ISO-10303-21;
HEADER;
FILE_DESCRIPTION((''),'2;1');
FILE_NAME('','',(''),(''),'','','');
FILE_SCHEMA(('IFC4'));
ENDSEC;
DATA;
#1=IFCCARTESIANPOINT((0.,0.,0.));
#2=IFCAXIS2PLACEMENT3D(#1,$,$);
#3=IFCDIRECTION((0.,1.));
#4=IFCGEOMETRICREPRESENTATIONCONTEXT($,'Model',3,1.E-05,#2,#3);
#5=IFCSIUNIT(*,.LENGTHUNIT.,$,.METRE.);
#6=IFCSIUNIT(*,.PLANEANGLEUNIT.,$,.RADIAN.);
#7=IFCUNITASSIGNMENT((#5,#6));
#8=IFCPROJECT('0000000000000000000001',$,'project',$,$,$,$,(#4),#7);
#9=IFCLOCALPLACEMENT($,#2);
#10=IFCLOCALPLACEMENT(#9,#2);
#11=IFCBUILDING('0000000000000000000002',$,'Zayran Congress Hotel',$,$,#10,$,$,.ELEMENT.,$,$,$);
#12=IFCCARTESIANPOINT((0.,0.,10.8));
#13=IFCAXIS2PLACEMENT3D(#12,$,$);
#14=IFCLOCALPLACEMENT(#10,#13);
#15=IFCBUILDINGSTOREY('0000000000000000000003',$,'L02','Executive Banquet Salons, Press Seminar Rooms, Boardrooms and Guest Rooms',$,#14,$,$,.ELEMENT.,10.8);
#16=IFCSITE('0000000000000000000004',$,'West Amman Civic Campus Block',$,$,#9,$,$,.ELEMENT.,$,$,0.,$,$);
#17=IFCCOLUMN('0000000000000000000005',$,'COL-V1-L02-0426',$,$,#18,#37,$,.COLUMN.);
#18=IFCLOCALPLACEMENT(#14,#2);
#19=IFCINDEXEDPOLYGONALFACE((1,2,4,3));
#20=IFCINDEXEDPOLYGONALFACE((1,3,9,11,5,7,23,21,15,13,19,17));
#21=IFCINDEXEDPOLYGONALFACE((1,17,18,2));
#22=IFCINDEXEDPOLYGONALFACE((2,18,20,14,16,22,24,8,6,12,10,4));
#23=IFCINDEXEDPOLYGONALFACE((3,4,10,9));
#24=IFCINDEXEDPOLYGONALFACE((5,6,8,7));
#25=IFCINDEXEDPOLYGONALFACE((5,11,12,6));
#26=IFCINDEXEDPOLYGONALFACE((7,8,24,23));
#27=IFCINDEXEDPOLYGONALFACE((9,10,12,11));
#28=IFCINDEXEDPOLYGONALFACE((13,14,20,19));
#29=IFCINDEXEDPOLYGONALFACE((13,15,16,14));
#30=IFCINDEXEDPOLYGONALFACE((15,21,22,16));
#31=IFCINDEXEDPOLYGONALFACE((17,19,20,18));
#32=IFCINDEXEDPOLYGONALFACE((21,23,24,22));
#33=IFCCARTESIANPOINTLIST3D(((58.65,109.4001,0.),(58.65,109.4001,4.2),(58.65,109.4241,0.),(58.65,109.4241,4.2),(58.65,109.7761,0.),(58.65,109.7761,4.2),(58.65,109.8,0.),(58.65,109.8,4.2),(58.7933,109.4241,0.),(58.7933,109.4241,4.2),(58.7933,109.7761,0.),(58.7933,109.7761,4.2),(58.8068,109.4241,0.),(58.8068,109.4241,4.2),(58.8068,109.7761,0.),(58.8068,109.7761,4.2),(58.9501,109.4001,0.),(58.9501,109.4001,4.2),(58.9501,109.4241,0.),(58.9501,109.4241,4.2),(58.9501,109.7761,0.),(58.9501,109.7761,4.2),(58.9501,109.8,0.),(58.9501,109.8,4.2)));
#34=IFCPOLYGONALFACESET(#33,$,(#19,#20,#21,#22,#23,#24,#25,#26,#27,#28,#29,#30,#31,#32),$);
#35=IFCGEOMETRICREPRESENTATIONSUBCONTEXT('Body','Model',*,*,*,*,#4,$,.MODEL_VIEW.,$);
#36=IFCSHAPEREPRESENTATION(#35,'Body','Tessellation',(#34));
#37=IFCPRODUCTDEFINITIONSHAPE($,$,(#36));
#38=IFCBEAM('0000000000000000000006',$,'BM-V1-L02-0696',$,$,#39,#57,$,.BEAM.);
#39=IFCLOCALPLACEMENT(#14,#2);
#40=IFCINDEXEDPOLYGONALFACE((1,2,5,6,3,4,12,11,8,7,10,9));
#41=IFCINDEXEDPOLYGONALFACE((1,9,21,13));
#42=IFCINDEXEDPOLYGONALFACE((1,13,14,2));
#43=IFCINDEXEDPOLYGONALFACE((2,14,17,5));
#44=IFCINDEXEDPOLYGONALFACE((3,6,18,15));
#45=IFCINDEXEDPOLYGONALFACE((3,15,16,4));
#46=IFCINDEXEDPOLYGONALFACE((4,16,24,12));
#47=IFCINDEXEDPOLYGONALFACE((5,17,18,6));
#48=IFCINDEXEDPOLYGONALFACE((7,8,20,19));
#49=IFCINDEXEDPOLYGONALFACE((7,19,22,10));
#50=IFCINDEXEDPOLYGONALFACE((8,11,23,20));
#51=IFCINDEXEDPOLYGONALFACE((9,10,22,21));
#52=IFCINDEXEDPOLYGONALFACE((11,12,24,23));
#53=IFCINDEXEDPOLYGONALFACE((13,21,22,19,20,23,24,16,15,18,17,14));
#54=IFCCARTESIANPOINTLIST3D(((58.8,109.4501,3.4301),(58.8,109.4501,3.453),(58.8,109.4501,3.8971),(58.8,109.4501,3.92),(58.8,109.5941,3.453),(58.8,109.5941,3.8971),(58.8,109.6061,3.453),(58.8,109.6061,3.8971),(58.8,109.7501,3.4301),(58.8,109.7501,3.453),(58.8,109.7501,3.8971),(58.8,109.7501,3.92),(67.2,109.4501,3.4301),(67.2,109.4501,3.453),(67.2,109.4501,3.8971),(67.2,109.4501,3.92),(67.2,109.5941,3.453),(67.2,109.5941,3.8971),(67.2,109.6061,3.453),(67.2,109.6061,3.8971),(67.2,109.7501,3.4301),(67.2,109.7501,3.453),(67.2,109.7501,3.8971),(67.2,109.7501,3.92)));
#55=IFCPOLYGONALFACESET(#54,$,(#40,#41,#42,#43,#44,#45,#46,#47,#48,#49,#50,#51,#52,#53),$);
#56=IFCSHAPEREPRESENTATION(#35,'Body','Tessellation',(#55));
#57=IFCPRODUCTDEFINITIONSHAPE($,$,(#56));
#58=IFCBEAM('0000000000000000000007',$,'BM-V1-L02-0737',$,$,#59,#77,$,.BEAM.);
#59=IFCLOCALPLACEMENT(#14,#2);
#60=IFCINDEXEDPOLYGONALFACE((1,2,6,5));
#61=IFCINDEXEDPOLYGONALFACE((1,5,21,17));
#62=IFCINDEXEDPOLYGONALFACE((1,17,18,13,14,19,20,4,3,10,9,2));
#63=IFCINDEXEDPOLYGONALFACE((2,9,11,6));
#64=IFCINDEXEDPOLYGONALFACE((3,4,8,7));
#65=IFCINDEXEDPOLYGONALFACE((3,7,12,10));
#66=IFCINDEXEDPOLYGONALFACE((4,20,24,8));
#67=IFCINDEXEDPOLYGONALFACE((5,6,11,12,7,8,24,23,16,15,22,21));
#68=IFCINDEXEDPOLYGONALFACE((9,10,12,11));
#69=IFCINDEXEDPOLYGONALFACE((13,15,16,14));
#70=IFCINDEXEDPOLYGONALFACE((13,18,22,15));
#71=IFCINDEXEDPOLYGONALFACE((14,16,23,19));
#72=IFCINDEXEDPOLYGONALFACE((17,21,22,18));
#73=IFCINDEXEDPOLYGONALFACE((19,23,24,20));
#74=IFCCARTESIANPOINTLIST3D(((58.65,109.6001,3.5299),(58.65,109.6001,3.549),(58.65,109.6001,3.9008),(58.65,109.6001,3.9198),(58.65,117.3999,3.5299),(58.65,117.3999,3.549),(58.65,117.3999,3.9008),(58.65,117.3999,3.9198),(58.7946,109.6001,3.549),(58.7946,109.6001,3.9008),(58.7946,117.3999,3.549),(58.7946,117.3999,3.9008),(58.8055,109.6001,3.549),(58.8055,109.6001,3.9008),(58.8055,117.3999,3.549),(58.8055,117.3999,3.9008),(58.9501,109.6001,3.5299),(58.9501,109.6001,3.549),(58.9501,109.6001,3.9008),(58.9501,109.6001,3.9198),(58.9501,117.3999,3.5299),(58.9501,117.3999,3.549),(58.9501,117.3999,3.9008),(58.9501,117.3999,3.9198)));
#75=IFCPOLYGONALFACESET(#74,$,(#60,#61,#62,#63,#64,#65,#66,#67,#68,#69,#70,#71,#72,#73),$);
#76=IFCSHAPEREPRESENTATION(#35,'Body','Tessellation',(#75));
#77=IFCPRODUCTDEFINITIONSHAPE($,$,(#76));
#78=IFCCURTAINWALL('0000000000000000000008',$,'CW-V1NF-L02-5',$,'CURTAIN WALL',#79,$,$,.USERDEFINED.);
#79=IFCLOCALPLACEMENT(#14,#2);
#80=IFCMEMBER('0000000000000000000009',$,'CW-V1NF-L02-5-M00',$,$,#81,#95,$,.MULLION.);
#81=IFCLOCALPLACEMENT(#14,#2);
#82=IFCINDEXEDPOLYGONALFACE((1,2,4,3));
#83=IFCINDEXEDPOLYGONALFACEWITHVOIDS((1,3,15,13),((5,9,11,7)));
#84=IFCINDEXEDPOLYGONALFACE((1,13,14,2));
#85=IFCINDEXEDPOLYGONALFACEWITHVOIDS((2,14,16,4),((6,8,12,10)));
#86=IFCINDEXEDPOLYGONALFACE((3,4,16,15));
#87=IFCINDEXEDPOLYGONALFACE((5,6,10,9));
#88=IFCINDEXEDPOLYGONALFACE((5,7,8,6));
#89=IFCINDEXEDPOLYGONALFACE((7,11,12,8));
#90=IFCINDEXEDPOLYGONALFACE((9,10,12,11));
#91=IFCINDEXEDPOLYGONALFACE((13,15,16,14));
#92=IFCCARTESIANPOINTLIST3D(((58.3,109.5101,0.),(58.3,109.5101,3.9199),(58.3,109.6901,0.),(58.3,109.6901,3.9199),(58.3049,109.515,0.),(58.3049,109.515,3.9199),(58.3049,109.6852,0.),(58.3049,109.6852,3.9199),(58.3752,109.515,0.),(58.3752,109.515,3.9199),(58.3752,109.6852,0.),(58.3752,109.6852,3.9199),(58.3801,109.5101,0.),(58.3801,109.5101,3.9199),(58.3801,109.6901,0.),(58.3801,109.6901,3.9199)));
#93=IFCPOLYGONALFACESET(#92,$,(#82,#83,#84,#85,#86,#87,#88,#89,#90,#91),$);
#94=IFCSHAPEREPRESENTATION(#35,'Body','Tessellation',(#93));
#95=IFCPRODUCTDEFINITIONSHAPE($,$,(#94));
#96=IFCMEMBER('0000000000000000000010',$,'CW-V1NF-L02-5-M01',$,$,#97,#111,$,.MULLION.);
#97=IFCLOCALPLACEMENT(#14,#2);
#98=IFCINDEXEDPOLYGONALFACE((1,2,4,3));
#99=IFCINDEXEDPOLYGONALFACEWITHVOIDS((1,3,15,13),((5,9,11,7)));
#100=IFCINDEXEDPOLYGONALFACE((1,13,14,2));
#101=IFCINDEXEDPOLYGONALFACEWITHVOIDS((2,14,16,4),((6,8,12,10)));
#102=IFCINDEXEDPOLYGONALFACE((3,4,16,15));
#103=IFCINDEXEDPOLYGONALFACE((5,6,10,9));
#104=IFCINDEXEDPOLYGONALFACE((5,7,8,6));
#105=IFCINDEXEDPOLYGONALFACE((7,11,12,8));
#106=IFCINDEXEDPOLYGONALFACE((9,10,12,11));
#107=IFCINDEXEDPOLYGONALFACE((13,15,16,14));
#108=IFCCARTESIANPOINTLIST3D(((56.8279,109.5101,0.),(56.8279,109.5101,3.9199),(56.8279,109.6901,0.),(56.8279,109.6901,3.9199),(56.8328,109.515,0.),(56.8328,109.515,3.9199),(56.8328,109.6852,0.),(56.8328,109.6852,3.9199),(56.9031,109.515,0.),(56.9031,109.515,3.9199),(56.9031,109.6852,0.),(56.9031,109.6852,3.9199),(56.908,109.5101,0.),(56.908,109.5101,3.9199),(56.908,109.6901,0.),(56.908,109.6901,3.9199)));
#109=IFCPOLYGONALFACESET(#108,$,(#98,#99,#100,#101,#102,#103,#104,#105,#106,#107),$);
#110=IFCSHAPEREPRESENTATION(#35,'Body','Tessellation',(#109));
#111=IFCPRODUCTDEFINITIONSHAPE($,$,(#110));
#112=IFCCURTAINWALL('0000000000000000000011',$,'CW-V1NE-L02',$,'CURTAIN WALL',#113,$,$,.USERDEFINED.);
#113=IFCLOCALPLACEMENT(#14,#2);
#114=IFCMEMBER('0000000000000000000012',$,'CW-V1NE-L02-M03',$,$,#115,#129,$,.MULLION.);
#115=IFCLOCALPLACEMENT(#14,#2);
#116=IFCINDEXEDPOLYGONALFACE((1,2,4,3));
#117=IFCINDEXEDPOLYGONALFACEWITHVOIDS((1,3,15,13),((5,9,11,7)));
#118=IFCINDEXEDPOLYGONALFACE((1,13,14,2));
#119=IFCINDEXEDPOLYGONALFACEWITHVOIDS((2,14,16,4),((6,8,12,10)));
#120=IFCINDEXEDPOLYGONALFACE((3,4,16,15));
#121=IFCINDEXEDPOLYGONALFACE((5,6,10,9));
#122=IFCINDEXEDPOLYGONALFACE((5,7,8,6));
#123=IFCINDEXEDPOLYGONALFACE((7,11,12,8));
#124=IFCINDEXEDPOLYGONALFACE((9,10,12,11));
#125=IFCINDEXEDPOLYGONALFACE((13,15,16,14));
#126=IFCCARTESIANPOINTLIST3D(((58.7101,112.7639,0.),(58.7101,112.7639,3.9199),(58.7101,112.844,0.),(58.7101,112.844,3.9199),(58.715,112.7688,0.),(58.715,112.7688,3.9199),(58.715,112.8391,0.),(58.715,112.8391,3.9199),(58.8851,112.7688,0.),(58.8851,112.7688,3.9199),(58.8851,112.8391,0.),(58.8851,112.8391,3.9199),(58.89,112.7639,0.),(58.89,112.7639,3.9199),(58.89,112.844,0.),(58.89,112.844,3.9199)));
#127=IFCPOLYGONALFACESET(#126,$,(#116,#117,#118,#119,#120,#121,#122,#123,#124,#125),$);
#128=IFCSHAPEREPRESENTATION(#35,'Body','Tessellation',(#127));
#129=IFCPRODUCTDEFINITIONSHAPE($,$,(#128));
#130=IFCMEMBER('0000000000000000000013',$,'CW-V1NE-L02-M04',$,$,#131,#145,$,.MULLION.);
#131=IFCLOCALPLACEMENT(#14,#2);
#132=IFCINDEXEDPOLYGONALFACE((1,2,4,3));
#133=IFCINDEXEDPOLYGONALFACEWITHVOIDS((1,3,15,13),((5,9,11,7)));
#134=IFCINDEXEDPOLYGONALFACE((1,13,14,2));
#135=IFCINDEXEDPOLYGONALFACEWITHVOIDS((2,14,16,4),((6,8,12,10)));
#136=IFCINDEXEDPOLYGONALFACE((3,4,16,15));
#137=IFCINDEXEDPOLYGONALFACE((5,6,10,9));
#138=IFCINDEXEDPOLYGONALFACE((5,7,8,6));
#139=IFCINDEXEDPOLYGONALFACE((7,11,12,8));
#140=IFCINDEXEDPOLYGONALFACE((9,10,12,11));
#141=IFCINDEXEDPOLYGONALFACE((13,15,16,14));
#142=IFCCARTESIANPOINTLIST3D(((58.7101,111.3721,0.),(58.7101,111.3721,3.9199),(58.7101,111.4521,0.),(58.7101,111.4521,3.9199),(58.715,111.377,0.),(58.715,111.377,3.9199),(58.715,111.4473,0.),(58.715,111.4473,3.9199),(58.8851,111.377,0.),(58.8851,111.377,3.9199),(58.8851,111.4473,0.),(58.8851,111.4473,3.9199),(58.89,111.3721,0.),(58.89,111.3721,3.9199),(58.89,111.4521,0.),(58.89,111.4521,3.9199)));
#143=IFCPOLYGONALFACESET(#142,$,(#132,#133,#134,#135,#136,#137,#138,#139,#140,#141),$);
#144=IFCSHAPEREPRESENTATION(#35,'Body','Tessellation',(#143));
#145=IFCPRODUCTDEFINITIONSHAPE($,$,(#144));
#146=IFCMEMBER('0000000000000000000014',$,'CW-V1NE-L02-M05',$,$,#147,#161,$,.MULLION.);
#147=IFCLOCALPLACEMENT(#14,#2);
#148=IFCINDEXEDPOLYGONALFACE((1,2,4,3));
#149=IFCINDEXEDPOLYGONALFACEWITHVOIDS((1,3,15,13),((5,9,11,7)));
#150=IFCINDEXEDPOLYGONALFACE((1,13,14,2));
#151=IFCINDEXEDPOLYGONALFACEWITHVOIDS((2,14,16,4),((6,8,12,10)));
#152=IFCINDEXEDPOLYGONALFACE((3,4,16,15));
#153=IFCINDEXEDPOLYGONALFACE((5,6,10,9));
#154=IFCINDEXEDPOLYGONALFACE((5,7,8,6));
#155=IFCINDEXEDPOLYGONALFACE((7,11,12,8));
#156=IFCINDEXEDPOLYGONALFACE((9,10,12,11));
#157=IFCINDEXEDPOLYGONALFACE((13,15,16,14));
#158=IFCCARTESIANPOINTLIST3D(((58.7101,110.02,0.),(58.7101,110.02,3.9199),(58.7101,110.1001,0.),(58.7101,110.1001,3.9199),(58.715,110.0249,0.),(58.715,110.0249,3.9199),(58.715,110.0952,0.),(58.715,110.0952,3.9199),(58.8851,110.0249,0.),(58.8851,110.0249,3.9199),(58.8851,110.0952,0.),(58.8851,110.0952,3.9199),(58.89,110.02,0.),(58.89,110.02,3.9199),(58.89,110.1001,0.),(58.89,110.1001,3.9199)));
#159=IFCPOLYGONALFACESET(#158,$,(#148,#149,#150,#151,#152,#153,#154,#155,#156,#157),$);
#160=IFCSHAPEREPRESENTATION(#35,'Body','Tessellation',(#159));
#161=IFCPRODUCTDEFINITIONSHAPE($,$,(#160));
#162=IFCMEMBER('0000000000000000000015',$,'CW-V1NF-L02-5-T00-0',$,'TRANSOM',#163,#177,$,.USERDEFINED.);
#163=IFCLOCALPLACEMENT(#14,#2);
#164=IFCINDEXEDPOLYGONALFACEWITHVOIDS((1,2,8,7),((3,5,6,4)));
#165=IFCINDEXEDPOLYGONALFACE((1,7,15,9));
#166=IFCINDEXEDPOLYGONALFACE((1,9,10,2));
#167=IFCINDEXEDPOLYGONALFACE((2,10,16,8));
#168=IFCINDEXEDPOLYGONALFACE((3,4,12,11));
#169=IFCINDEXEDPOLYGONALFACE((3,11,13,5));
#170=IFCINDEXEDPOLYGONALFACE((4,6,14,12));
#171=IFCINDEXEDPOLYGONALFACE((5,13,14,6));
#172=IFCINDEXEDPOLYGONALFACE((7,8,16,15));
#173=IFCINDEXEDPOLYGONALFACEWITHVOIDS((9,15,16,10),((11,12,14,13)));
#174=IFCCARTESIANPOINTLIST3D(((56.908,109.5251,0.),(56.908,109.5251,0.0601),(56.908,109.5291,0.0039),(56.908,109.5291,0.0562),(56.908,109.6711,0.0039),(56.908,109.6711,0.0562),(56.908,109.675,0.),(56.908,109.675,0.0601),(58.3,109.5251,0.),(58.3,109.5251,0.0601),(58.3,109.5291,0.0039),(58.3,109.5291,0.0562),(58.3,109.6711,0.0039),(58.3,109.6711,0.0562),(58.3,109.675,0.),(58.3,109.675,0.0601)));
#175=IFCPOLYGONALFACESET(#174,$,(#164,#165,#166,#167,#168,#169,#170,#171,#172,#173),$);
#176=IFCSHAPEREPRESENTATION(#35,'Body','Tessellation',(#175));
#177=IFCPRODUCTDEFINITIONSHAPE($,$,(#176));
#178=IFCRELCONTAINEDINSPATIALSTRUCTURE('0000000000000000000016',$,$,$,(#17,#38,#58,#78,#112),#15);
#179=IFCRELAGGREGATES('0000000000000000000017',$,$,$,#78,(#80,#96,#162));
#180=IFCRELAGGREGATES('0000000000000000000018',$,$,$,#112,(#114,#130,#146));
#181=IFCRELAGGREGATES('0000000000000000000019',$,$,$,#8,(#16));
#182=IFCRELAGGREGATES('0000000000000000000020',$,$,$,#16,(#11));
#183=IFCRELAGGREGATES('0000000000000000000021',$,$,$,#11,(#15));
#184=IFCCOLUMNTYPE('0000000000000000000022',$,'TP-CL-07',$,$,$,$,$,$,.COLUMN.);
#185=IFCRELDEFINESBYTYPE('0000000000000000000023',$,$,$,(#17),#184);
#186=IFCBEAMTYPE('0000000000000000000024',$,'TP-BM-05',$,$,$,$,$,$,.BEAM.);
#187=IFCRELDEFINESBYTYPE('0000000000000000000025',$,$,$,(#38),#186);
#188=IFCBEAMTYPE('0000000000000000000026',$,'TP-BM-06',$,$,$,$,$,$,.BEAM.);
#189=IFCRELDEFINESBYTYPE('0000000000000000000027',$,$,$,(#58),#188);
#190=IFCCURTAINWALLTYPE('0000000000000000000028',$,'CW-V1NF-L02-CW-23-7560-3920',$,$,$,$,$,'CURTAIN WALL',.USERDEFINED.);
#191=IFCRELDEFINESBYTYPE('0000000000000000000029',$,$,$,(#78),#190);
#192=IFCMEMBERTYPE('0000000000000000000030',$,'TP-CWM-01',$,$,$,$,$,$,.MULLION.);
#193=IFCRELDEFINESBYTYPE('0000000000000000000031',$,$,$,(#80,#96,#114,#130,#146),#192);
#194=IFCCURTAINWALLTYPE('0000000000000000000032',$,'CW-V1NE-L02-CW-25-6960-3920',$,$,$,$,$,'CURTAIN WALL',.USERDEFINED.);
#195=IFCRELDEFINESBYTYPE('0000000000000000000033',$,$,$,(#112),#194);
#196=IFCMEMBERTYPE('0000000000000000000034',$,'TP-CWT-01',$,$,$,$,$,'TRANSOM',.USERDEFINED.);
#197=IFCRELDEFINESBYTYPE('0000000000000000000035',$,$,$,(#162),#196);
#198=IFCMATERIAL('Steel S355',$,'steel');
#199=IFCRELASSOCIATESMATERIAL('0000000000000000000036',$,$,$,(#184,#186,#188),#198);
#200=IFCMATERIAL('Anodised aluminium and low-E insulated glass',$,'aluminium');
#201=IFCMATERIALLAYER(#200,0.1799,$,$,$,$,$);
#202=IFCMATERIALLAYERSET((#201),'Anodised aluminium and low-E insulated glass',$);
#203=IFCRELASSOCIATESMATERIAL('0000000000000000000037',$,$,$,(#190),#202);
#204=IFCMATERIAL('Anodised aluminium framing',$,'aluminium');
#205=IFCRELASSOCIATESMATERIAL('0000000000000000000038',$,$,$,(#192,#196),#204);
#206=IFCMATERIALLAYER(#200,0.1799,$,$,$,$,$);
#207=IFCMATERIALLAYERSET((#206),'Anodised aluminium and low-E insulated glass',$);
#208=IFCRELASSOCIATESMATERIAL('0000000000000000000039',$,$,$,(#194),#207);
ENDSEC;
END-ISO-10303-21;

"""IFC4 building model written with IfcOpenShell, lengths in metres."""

from ifc_helpers import new_model, si_unit, direction, frame, origin, origin_2d, place, context, subcontext, project, spatial, hollow_rectangle, i_section, extrude, material, layer, layer_set, material_profile, profile_set, type_object, element, aggregate, save


model = new_model("IFC4")

# Units and contexts
model_context = context("Model", 3, precision=1e-05, world=origin(), true_north=direction((0.0, 1.0)))
body_context = subcontext(model_context, "Body", "Model", "MODEL_VIEW")
ifc_project = project(units=[si_unit("LENGTHUNIT", "METRE"), si_unit("PLANEANGLEUNIT", "RADIAN")], contexts=[model_context])

# Site, building, storey
site_placement = place(None, origin())
site = spatial("IfcSite", under=ifc_project, at=site_placement, Name="West Amman Civic Campus Block", CompositionType="ELEMENT", RefElevation=0.0)
building_placement = place(site_placement, origin())
building = spatial("IfcBuilding", under=site, at=building_placement, Name="Zayran Congress Hotel", CompositionType="ELEMENT")
storey_placement = place(building_placement, frame((0.0, 0.0, 10.8)))
storey = spatial("IfcBuildingStorey", under=building, at=storey_placement, Name="L02", Description="Executive Banquet Salons, Press Seminar Rooms, Boardrooms and Guest Rooms", CompositionType="ELEMENT", Elevation=10.8)

# Column
ifc_material_1 = material(Name="Steel S355", Category="steel")
ifc_material_profile_1 = material_profile(ifc_material_1, i_section(OverallWidth=0.3, OverallDepth=0.3999, WebThickness=0.0134, FlangeThickness=0.0239, at=origin_2d()), Name="HEB 400")
ifc_profile_set_1 = profile_set([ifc_material_profile_1], Name="Steel S355")
column_type = type_object("IfcColumnType", Name="TP-CL-07", PredefinedType="COLUMN", material=ifc_profile_set_1)
column_placement = place(storey_placement, frame((58.8, 109.6001, 0.0), z_axis=(0.0, 0.0, 1.0), x_axis=(1.0, 0.0, 0.0)))
element("IfcColumn", 1, at=column_placement, inside=storey, type_object=column_type, Name="COL-V1-L02-0426", PredefinedType="COLUMN", context=body_context, shape_type="SweptSolid", body=[
    extrude(i_section(OverallWidth=0.3, OverallDepth=0.3999, WebThickness=0.0134, FlangeThickness=0.0239, at=origin_2d()), origin(), (0.0, 0.0, 1.0), 4.2),
])

# Beams
ifc_material_profile_2 = material_profile(ifc_material_1, i_section(OverallWidth=0.3, OverallDepth=0.49, WebThickness=0.012, FlangeThickness=0.0229, at=origin_2d()), Name="HEA 500")
ifc_profile_set_2 = profile_set([ifc_material_profile_2], Name="Steel S355")
beam_type_1 = type_object("IfcBeamType", Name="TP-BM-05", PredefinedType="BEAM", material=ifc_profile_set_2)
beam_1_placement = place(storey_placement, frame((58.8, 109.6001, 3.675), z_axis=(1.0, 0.0, 0.0), x_axis=(0.0, 1.0, 0.0)))
element("IfcBeam", 2, at=beam_1_placement, inside=storey, type_object=beam_type_1, Name="BM-V1-L02-0696", PredefinedType="BEAM", context=body_context, shape_type="SweptSolid", body=[
    extrude(i_section(OverallWidth=0.3, OverallDepth=0.49, WebThickness=0.012, FlangeThickness=0.0229, at=origin_2d()), origin(), (0.0, 0.0, 1.0), 8.3999),
])
ifc_material_profile_3 = material_profile(ifc_material_1, i_section(OverallWidth=0.3, OverallDepth=0.3899, WebThickness=0.011, FlangeThickness=0.019, at=origin_2d()), Name="HEA 400")
ifc_profile_set_3 = profile_set([ifc_material_profile_3], Name="Steel S355")
beam_type_2 = type_object("IfcBeamType", Name="TP-BM-06", PredefinedType="BEAM", material=ifc_profile_set_3)
beam_2_placement = place(storey_placement, frame((58.8, 109.6001, 3.7249), z_axis=(0.0, 1.0, 0.0), x_axis=(-1.0, 0.0, 0.0)))
element("IfcBeam", 3, at=beam_2_placement, inside=storey, type_object=beam_type_2, Name="BM-V1-L02-0737", PredefinedType="BEAM", context=body_context, shape_type="SweptSolid", body=[
    extrude(i_section(OverallWidth=0.3, OverallDepth=0.3899, WebThickness=0.011, FlangeThickness=0.019, at=origin_2d()), origin(), (0.0, 0.0, 1.0), 7.7998),
])

# Curtain walls, members
ifc_material_2 = material(Name="Anodised aluminium and low-E insulated glass", Category="aluminium")
ifc_layer_1 = layer(ifc_material_2, 0.1799)
ifc_layer_set_1 = layer_set([ifc_layer_1], Name="Anodised aluminium and low-E insulated glass")
curtain_wall_type_1 = type_object("IfcCurtainWallType", Name="CW-V1NF-L02-CW-23-7560-3920", ElementType="CURTAIN WALL", PredefinedType="USERDEFINED", material=ifc_layer_set_1)
curtain_wall_1_placement = place(storey_placement, origin())
curtain_wall_1 = element("IfcCurtainWall", 4, at=curtain_wall_1_placement, inside=storey, type_object=curtain_wall_type_1, Name="CW-V1NF-L02-5", ObjectType="CURTAIN WALL", PredefinedType="USERDEFINED")
ifc_material_3 = material(Name="Anodised aluminium framing", Category="aluminium")
ifc_material_profile_4 = material_profile(ifc_material_3, hollow_rectangle(XDim=0.0801, YDim=0.1799, WallThickness=0.0049, at=origin_2d()), Name="RHS 180x80x5")
ifc_profile_set_4 = profile_set([ifc_material_profile_4], Name="Anodised aluminium framing")
member_type_1 = type_object("IfcMemberType", Name="TP-CWM-01", PredefinedType="MULLION", material=ifc_profile_set_4)
member_1_placement = place(storey_placement, frame((58.3401, 109.6001, 0.0), z_axis=(0.0, 0.0, 1.0), x_axis=(1.0, 0.0, 0.0)))
member_1 = element("IfcMember", 5, at=member_1_placement, type_object=member_type_1, Name="CW-V1NF-L02-5-M00", PredefinedType="MULLION", context=body_context, shape_type="SweptSolid", body=[
    extrude(hollow_rectangle(XDim=0.0801, YDim=0.1799, WallThickness=0.0049, at=origin_2d()), origin(), (0.0, 0.0, 1.0), 3.9199),
])
member_2_placement = place(storey_placement, frame((56.8679, 109.6001, 0.0), z_axis=(0.0, 0.0, 1.0), x_axis=(1.0, 0.0, 0.0)))
member_2 = element("IfcMember", 6, at=member_2_placement, type_object=member_type_1, Name="CW-V1NF-L02-5-M01", PredefinedType="MULLION", context=body_context, shape_type="SweptSolid", body=[
    extrude(hollow_rectangle(XDim=0.0801, YDim=0.1799, WallThickness=0.0049, at=origin_2d()), origin(), (0.0, 0.0, 1.0), 3.9199),
])
ifc_layer_2 = layer(ifc_material_2, 0.1799)
ifc_layer_set_2 = layer_set([ifc_layer_2], Name="Anodised aluminium and low-E insulated glass")
curtain_wall_type_2 = type_object("IfcCurtainWallType", Name="CW-V1NE-L02-CW-25-6960-3920", ElementType="CURTAIN WALL", PredefinedType="USERDEFINED", material=ifc_layer_set_2)
curtain_wall_2_placement = place(storey_placement, origin())
curtain_wall_2 = element("IfcCurtainWall", 7, at=curtain_wall_2_placement, inside=storey, type_object=curtain_wall_type_2, Name="CW-V1NE-L02", ObjectType="CURTAIN WALL", PredefinedType="USERDEFINED")
member_3_placement = place(storey_placement, frame((58.8, 112.804, 0.0), z_axis=(0.0, 0.0, 1.0), x_axis=(0.0, 1.0, 0.0)))
member_3 = element("IfcMember", 8, at=member_3_placement, type_object=member_type_1, Name="CW-V1NE-L02-M03", PredefinedType="MULLION", context=body_context, shape_type="SweptSolid", body=[
    extrude(hollow_rectangle(XDim=0.0801, YDim=0.1799, WallThickness=0.0049, at=origin_2d()), origin(), (0.0, 0.0, 1.0), 3.9199),
])
member_4_placement = place(storey_placement, frame((58.8, 111.4121, 0.0), z_axis=(0.0, 0.0, 1.0), x_axis=(0.0, 1.0, 0.0)))
member_4 = element("IfcMember", 9, at=member_4_placement, type_object=member_type_1, Name="CW-V1NE-L02-M04", PredefinedType="MULLION", context=body_context, shape_type="SweptSolid", body=[
    extrude(hollow_rectangle(XDim=0.0801, YDim=0.1799, WallThickness=0.0049, at=origin_2d()), origin(), (0.0, 0.0, 1.0), 3.9199),
])
member_5_placement = place(storey_placement, frame((58.8, 110.0601, 0.0), z_axis=(0.0, 0.0, 1.0), x_axis=(0.0, 1.0, 0.0)))
member_5 = element("IfcMember", 10, at=member_5_placement, type_object=member_type_1, Name="CW-V1NE-L02-M05", PredefinedType="MULLION", context=body_context, shape_type="SweptSolid", body=[
    extrude(hollow_rectangle(XDim=0.0801, YDim=0.1799, WallThickness=0.0049, at=origin_2d()), origin(), (0.0, 0.0, 1.0), 3.9199),
])

# Member
ifc_material_profile_5 = material_profile(ifc_material_3, hollow_rectangle(XDim=0.0601, YDim=0.1499, WallThickness=0.0039, at=origin_2d()), Name="RHS 150x60x4")
ifc_profile_set_5 = profile_set([ifc_material_profile_5], Name="Anodised aluminium framing")
member_type_2 = type_object("IfcMemberType", Name="TP-CWT-01", ElementType="TRANSOM", PredefinedType="USERDEFINED", material=ifc_profile_set_5)
member_6_placement = place(storey_placement, frame((58.3, 109.6001, 0.03), z_axis=(-1.0, 0.0, 0.0), x_axis=(0.0, 0.0, 1.0)))
member_6 = element("IfcMember", 11, at=member_6_placement, type_object=member_type_2, Name="CW-V1NF-L02-5-T00-0", ObjectType="TRANSOM", PredefinedType="USERDEFINED", context=body_context, shape_type="SweptSolid", body=[
    extrude(hollow_rectangle(XDim=0.0601, YDim=0.1499, WallThickness=0.0039, at=origin_2d()), origin(), (0.0, 0.0, 1.0), 1.3921),
])

aggregate(curtain_wall_1, [member_1, member_2, member_6])
aggregate(curtain_wall_2, [member_3, member_4, member_5])

save(model, "model.ifc")
